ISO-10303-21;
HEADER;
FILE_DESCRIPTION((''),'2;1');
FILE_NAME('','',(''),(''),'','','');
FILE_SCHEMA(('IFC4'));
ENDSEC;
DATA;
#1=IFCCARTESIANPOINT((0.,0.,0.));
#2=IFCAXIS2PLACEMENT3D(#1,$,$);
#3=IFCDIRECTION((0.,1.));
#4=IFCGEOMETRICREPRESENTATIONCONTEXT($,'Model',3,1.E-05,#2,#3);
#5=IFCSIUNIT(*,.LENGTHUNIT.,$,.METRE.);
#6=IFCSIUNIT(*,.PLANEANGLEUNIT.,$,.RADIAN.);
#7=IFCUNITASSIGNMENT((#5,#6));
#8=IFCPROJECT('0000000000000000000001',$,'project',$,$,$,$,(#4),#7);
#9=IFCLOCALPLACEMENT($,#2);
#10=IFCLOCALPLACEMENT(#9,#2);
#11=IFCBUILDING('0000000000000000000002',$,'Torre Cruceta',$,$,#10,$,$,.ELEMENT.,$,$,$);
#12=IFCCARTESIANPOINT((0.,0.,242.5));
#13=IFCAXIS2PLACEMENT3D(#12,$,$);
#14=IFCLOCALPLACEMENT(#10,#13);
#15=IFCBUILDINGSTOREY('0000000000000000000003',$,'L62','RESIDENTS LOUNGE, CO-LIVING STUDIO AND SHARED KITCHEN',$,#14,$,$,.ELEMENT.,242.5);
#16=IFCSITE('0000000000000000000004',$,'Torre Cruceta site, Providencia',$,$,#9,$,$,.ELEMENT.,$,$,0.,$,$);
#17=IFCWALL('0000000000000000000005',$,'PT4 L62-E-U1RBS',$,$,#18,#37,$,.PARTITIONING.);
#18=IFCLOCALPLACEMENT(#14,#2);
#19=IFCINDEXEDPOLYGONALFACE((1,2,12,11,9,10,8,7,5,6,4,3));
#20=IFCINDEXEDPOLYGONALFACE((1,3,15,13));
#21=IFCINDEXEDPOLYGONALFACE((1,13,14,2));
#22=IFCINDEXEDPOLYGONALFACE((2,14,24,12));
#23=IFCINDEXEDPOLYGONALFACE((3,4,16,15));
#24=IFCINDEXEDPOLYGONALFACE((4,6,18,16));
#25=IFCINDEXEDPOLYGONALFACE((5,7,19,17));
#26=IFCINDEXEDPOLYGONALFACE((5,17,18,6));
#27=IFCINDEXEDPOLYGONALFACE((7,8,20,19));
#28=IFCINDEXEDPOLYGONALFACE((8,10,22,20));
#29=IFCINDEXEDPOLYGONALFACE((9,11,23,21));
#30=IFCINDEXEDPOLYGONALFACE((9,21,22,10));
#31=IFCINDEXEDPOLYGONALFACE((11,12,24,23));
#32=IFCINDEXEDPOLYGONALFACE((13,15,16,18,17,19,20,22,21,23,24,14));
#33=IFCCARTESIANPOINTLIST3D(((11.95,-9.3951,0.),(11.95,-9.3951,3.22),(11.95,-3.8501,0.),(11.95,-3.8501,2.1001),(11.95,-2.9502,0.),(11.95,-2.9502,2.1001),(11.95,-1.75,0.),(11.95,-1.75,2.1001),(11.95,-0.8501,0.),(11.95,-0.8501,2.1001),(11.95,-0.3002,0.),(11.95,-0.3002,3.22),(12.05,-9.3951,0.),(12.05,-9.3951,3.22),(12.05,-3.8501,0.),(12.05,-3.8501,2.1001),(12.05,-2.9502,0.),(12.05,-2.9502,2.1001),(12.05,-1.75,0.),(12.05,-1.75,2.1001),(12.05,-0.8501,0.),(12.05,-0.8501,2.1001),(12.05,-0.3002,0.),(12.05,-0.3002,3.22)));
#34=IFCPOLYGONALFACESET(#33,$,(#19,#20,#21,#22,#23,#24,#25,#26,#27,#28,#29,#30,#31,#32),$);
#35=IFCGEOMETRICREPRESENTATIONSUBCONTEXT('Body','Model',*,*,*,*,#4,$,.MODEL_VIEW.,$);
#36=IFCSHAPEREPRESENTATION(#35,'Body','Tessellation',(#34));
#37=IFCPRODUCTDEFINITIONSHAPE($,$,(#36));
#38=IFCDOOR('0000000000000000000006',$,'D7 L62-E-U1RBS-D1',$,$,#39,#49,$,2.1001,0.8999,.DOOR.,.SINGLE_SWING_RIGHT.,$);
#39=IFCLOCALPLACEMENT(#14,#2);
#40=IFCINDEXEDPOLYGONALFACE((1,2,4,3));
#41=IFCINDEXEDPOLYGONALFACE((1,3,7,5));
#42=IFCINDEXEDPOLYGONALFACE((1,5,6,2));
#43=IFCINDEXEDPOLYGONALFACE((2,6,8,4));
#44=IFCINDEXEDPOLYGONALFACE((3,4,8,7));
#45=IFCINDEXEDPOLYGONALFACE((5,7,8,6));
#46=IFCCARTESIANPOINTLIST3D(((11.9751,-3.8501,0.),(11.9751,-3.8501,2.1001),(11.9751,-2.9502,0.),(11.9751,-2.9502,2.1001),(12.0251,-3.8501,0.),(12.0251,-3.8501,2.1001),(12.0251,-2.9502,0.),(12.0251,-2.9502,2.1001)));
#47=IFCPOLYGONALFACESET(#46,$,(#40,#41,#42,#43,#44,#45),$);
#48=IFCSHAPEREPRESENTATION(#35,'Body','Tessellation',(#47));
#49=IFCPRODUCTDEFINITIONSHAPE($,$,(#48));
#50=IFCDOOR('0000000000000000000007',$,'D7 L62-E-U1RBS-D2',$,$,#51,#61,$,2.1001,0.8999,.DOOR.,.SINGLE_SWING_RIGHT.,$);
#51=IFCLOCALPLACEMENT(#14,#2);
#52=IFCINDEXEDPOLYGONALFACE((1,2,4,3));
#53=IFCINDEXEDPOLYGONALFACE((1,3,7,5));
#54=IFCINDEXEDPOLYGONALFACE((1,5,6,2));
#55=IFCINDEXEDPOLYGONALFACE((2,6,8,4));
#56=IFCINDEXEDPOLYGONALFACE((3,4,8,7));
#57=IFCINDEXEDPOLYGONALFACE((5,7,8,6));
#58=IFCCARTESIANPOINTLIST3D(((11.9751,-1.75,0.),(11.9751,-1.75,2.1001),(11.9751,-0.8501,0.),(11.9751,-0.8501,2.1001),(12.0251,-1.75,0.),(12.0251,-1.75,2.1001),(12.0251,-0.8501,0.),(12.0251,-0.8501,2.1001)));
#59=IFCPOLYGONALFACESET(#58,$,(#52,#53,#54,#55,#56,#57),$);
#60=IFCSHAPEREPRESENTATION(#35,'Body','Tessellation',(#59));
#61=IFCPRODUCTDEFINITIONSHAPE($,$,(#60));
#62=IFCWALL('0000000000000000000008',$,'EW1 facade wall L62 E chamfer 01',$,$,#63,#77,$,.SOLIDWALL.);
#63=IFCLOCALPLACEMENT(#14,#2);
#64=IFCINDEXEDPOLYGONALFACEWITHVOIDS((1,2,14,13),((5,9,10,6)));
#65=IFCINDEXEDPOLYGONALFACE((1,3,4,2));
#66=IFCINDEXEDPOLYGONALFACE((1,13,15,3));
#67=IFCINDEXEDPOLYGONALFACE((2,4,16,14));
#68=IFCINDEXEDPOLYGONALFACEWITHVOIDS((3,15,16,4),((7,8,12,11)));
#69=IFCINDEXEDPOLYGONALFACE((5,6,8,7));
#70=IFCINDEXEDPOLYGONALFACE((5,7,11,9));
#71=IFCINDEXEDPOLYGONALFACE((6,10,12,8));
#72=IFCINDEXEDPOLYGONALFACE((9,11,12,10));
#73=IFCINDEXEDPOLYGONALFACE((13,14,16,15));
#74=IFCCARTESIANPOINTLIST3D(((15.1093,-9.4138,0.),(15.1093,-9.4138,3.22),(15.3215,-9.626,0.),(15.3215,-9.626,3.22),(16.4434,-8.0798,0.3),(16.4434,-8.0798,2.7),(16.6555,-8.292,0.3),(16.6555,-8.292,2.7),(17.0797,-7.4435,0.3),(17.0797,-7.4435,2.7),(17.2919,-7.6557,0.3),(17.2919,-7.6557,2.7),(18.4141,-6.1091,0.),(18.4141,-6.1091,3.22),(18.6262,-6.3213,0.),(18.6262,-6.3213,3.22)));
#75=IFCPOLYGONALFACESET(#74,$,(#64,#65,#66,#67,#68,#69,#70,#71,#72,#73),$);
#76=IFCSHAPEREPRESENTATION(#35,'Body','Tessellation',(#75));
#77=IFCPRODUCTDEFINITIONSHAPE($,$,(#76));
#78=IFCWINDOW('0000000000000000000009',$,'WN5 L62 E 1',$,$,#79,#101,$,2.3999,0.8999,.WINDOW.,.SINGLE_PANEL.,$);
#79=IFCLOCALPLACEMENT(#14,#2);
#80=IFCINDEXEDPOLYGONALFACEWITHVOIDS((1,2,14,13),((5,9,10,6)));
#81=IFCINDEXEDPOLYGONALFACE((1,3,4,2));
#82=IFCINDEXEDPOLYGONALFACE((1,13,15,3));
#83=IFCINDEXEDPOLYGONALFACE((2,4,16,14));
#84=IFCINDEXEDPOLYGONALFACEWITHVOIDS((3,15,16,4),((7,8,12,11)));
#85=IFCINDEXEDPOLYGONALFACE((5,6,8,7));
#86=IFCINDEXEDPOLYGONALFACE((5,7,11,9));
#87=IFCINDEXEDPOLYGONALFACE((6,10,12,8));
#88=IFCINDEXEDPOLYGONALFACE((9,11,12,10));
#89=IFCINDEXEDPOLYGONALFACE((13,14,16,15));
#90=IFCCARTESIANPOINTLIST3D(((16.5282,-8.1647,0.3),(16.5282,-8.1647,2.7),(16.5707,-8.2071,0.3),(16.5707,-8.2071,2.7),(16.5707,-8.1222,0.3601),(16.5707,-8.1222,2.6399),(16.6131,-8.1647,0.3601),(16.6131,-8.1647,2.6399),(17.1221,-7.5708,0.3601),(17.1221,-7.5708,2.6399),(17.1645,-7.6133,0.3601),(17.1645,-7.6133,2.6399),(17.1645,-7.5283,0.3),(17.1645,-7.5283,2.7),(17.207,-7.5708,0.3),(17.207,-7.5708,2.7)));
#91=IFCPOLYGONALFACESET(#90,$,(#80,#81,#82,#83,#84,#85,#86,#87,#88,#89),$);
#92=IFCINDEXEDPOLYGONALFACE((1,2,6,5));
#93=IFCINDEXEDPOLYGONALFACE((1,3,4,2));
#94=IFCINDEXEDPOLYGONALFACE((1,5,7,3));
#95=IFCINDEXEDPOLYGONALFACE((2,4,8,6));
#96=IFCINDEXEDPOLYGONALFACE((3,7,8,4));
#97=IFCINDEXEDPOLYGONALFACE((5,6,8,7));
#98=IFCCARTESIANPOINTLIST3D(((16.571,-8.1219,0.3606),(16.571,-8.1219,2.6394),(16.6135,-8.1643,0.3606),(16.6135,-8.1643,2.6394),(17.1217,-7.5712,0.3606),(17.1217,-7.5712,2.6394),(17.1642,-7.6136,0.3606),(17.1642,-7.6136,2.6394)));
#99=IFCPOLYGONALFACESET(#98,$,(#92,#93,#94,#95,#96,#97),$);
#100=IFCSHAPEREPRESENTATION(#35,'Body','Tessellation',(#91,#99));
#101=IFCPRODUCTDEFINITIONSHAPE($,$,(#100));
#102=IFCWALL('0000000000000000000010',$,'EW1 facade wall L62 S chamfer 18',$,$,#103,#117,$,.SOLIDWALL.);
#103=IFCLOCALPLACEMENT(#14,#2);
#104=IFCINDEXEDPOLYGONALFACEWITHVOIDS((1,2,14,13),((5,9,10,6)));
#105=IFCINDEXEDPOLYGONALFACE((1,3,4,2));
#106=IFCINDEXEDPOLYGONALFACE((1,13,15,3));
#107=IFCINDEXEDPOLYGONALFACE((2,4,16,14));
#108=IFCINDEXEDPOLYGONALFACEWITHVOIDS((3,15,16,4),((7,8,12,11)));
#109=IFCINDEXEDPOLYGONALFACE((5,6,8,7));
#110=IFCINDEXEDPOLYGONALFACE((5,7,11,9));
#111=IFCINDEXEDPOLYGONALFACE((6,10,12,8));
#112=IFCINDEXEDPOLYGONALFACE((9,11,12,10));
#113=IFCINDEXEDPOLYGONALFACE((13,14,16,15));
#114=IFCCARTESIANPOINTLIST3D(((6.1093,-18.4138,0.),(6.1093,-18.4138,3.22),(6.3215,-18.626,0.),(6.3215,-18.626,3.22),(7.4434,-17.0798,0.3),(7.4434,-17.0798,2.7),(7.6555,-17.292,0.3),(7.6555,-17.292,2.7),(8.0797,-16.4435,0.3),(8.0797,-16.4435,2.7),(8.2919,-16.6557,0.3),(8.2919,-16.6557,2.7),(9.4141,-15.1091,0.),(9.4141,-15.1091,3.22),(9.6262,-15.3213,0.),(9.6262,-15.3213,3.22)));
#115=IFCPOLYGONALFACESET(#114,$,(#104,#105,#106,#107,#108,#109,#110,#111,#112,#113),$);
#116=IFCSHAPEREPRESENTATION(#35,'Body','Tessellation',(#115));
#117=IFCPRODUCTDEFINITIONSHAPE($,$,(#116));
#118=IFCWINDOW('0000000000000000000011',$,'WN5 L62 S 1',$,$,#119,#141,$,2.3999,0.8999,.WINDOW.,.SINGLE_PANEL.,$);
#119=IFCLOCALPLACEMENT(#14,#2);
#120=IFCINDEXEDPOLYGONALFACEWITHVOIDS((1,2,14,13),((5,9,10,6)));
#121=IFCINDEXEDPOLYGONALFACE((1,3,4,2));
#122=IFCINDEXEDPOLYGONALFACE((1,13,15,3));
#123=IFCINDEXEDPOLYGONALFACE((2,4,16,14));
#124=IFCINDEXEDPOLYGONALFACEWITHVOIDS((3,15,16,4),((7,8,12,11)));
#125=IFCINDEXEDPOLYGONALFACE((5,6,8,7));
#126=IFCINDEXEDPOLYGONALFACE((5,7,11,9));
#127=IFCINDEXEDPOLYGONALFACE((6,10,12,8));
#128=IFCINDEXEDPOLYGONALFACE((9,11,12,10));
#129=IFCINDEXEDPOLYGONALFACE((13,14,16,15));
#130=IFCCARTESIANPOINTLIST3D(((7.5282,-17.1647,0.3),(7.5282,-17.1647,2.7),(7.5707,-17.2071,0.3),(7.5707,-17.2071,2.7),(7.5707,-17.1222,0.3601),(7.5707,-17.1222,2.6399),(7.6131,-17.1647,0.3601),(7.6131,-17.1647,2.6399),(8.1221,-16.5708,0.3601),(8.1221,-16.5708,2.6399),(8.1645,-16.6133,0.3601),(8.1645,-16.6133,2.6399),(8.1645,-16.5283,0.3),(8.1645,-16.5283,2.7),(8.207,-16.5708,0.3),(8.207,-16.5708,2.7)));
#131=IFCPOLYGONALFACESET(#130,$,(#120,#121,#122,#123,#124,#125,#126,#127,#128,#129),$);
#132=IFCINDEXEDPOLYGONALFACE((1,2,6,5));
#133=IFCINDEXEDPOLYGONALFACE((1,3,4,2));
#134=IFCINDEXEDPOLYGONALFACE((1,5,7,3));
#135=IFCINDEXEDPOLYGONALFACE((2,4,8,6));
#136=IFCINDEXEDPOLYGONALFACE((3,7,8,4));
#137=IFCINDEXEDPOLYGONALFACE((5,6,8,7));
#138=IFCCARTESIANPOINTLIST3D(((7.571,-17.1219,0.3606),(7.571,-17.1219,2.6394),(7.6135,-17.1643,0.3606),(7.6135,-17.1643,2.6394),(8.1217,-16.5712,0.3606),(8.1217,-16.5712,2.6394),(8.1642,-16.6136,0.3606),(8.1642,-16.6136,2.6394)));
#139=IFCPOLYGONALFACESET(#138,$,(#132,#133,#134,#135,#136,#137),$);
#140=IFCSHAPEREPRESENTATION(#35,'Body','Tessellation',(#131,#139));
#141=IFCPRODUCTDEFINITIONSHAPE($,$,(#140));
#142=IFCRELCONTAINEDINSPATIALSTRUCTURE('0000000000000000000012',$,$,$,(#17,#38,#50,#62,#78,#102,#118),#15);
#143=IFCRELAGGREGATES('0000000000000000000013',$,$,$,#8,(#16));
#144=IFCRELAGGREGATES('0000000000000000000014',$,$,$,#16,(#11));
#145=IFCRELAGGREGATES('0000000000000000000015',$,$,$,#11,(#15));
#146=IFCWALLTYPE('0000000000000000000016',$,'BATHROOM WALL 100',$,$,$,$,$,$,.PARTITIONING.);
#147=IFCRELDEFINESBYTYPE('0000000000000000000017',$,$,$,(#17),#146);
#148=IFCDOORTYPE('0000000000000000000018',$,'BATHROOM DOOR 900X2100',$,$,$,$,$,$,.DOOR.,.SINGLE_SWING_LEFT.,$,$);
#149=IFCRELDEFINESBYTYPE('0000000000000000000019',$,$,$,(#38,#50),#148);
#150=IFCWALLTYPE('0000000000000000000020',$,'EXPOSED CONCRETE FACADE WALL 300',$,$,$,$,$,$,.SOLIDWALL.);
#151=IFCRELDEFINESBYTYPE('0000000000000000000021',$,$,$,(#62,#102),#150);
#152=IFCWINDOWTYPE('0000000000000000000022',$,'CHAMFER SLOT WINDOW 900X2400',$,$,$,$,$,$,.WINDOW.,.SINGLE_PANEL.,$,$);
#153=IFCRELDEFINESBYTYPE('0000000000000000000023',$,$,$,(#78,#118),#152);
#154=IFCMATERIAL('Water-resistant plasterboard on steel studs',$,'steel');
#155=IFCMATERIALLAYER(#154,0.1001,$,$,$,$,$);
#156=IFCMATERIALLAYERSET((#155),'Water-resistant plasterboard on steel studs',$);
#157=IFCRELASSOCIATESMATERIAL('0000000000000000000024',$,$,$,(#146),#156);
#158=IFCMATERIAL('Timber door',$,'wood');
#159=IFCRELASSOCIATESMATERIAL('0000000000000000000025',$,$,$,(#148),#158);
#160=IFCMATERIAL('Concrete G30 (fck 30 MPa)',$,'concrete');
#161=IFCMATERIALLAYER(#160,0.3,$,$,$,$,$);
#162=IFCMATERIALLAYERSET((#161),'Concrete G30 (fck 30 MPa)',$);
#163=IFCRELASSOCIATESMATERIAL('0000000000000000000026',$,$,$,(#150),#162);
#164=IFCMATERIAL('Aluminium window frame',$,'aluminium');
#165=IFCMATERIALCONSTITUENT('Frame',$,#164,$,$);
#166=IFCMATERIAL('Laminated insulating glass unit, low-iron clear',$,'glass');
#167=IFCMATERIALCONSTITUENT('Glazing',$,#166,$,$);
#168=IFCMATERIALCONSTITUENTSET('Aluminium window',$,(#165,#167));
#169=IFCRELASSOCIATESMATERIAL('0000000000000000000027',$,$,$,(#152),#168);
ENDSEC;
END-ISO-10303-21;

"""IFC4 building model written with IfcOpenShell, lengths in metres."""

from ifc_helpers import new_model, si_unit, direction, frame, frame_2d, origin, place, context, subcontext, project, spatial, rectangle, hollow_rectangle, extrude, material, layer, layer_set, constituent, constituent_set, type_object, element, fill, save


model = new_model("IFC4")

# Units and contexts
model_context = context("Model", 3, precision=1e-05, world=origin(), true_north=direction((0.0, 1.0)))
body_context = subcontext(model_context, "Body", "Model", "MODEL_VIEW")
ifc_project = project(units=[si_unit("LENGTHUNIT", "METRE"), si_unit("PLANEANGLEUNIT", "RADIAN")], contexts=[model_context])

# Site, building, storey
site_placement = place(None, origin())
site = spatial("IfcSite", under=ifc_project, at=site_placement, Name="Torre Cruceta site, Providencia", CompositionType="ELEMENT", RefElevation=0.0)
building_placement = place(site_placement, origin())
building = spatial("IfcBuilding", under=site, at=building_placement, Name="Torre Cruceta", CompositionType="ELEMENT")
storey_placement = place(building_placement, frame((0.0, 0.0, 242.5)))
storey = spatial("IfcBuildingStorey", under=building, at=storey_placement, Name="L62", Description="RESIDENTS LOUNGE, CO-LIVING STUDIO AND SHARED KITCHEN", CompositionType="ELEMENT", Elevation=242.5)

# Wall, openings, doors
ifc_material_1 = material(Name="Water-resistant plasterboard on steel studs", Category="steel")
ifc_layer_1 = layer(ifc_material_1, 0.1001)
ifc_layer_set_1 = layer_set([ifc_layer_1], Name="Water-resistant plasterboard on steel studs")
wall_type_1 = type_object("IfcWallType", Name="BATHROOM WALL 100", PredefinedType="PARTITIONING", material=ifc_layer_set_1)
wall_1_placement = place(storey_placement, frame((12.0, -9.395, 0.0), z_axis=(0.0, 0.0, 1.0), x_axis=(0.0, 1.0, 0.0)))
wall_1 = element("IfcWall", 1, at=wall_1_placement, inside=storey, type_object=wall_type_1, Name="PT4 L62-E-U1RBS", PredefinedType="PARTITIONING", context=body_context, shape_type="SweptSolid", body=[
    extrude(rectangle(XDim=9.095, YDim=0.1001, at=frame_2d((4.5474, 0.0))), origin(), (0.0, 0.0, 1.0), 3.22),
])
opening_1_placement = place(wall_1_placement, frame((5.5449, 0.0, 0.0)))
opening_1 = element("IfcOpeningElement", 2, at=opening_1_placement, cuts=wall_1, PredefinedType="OPENING", context=body_context, shape_type="SweptSolid", body=[
    extrude(rectangle(XDim=0.8999, YDim=2.1001, at=frame_2d((0.45, 1.05))), frame((0.0, 0.0601, 0.0), z_axis=(0.0, -1.0, 0.0), x_axis=(1.0, 0.0, 0.0)), (0.0, 0.0, 1.0), 0.1201),
])
opening_2_placement = place(wall_1_placement, frame((7.645, 0.0, 0.0)))
opening_2 = element("IfcOpeningElement", 3, at=opening_2_placement, cuts=wall_1, PredefinedType="OPENING", context=body_context, shape_type="SweptSolid", body=[
    extrude(rectangle(XDim=0.8999, YDim=2.1001, at=frame_2d((0.45, 1.05))), frame((0.0, 0.0601, 0.0), z_axis=(0.0, -1.0, 0.0), x_axis=(1.0, 0.0, 0.0)), (0.0, 0.0, 1.0), 0.1201),
])
ifc_material_2 = material(Name="Timber door", Category="wood")
door_type_1 = type_object("IfcDoorType", Name="BATHROOM DOOR 900X2100", OperationType="SINGLE_SWING_LEFT", PredefinedType="DOOR", material=ifc_material_2)
door_1_placement = place(opening_1_placement, origin())
door_1 = element("IfcDoor", 4, at=door_1_placement, inside=storey, type_object=door_type_1, Name="D7 L62-E-U1RBS-D1", OperationType="SINGLE_SWING_RIGHT", OverallHeight=2.1001, OverallWidth=0.8999, PredefinedType="DOOR", context=body_context, shape_type="SweptSolid", body=[
    extrude(rectangle(XDim=0.8999, YDim=2.1001, at=frame_2d((0.45, 1.05))), frame((0.0, 0.0249, 0.0), z_axis=(0.0, -1.0, 0.0), x_axis=(1.0, 0.0, 0.0)), (0.0, 0.0, 1.0), 0.05),
])
fill(opening_1, door_1)
door_2_placement = place(opening_2_placement, origin())
door_2 = element("IfcDoor", 5, at=door_2_placement, inside=storey, type_object=door_type_1, Name="D7 L62-E-U1RBS-D2", OperationType="SINGLE_SWING_RIGHT", OverallHeight=2.1001, OverallWidth=0.8999, PredefinedType="DOOR", context=body_context, shape_type="SweptSolid", body=[
    extrude(rectangle(XDim=0.8999, YDim=2.1001, at=frame_2d((0.45, 1.05))), frame((0.0, 0.0249, 0.0), z_axis=(0.0, -1.0, 0.0), x_axis=(1.0, 0.0, 0.0)), (0.0, 0.0, 1.0), 0.05),
])
fill(opening_2, door_2)

# Walls, openings, windows
ifc_material_3 = material(Name="Concrete G30 (fck 30 MPa)", Category="concrete")
ifc_layer_2 = layer(ifc_material_3, 0.3)
ifc_layer_set_2 = layer_set([ifc_layer_2], Name="Concrete G30 (fck 30 MPa)")
wall_type_2 = type_object("IfcWallType", Name="EXPOSED CONCRETE FACADE WALL 300", PredefinedType="SOLIDWALL", material=ifc_layer_set_2)
wall_2_placement = place(storey_placement, frame((15.2153, -9.52, 0.0), z_axis=(0.0, 0.0, 1.0), x_axis=(0.707107, 0.707107, 0.0)))
wall_2 = element("IfcWall", 6, at=wall_2_placement, inside=storey, type_object=wall_type_2, Name="EW1 facade wall L62 E chamfer 01", PredefinedType="SOLIDWALL", context=body_context, shape_type="SweptSolid", body=[
    extrude(rectangle(XDim=4.6736, YDim=0.3, at=frame_2d((2.3369, 0.0))), origin(), (0.0, 0.0, 1.0), 3.22),
])
opening_3_placement = place(wall_2_placement, frame((1.8867, 0.0, 0.3)))
opening_3 = element("IfcOpeningElement", 7, at=opening_3_placement, cuts=wall_2, PredefinedType="OPENING", context=body_context, shape_type="SweptSolid", body=[
    extrude(rectangle(XDim=0.8999, YDim=2.3999, at=frame_2d((0.45, 1.2))), frame((0.0, 0.1599, 0.0), z_axis=(0.0, -1.0, 0.0), x_axis=(1.0, 0.0, 0.0)), (0.0, 0.0, 1.0), 0.3201),
])
ifc_material_4 = material(Name="Aluminium window frame", Category="aluminium")
ifc_constituent_1 = constituent(ifc_material_4, Name="Frame")
ifc_material_5 = material(Name="Laminated insulating glass unit, low-iron clear", Category="glass")
ifc_constituent_2 = constituent(ifc_material_5, Name="Glazing")
ifc_constituent_set_1 = constituent_set(constituents=[ifc_constituent_1, ifc_constituent_2], Name="Aluminium window")
window_type = type_object("IfcWindowType", Name="CHAMFER SLOT WINDOW 900X2400", PartitioningType="SINGLE_PANEL", PredefinedType="WINDOW", material=ifc_constituent_set_1)
window_1_placement = place(opening_3_placement, origin())
window_1 = element("IfcWindow", 8, at=window_1_placement, inside=storey, type_object=window_type, Name="WN5 L62 E 1", OverallHeight=2.3999, OverallWidth=0.8999, PartitioningType="SINGLE_PANEL", PredefinedType="WINDOW", context=body_context, shape_type="SweptSolid", body=[
    extrude(hollow_rectangle(XDim=0.8999, YDim=2.3999, WallThickness=0.0601, at=frame_2d((0.45, 1.2))), frame((0.0, 0.03, 0.0), z_axis=(0.0, -1.0, 0.0), x_axis=(1.0, 0.0, 0.0)), (0.0, 0.0, 1.0), 0.0601),
    extrude(rectangle(XDim=0.7788, YDim=2.2788, at=frame_2d((0.45, 1.2))), frame((0.0, 0.03, 0.0), z_axis=(0.0, -1.0, 0.0), x_axis=(1.0, 0.0, 0.0)), (0.0, 0.0, 1.0), 0.0601),
])
fill(opening_3, window_1)
wall_3_placement = place(storey_placement, frame((6.2153, -18.52, 0.0), z_axis=(0.0, 0.0, 1.0), x_axis=(0.707107, 0.707107, 0.0)))
wall_3 = element("IfcWall", 9, at=wall_3_placement, inside=storey, type_object=wall_type_2, Name="EW1 facade wall L62 S chamfer 18", PredefinedType="SOLIDWALL", context=body_context, shape_type="SweptSolid", body=[
    extrude(rectangle(XDim=4.6736, YDim=0.3, at=frame_2d((2.3369, 0.0))), origin(), (0.0, 0.0, 1.0), 3.22),
])
opening_4_placement = place(wall_3_placement, frame((1.8867, 0.0, 0.3)))
opening_4 = element("IfcOpeningElement", 10, at=opening_4_placement, cuts=wall_3, PredefinedType="OPENING", context=body_context, shape_type="SweptSolid", body=[
    extrude(rectangle(XDim=0.8999, YDim=2.3999, at=frame_2d((0.45, 1.2))), frame((0.0, 0.1599, 0.0), z_axis=(0.0, -1.0, 0.0), x_axis=(1.0, 0.0, 0.0)), (0.0, 0.0, 1.0), 0.3201),
])
window_2_placement = place(opening_4_placement, origin())
window_2 = element("IfcWindow", 11, at=window_2_placement, inside=storey, type_object=window_type, Name="WN5 L62 S 1", OverallHeight=2.3999, OverallWidth=0.8999, PartitioningType="SINGLE_PANEL", PredefinedType="WINDOW", context=body_context, shape_type="SweptSolid", body=[
    extrude(hollow_rectangle(XDim=0.8999, YDim=2.3999, WallThickness=0.0601, at=frame_2d((0.45, 1.2))), frame((0.0, 0.03, 0.0), z_axis=(0.0, -1.0, 0.0), x_axis=(1.0, 0.0, 0.0)), (0.0, 0.0, 1.0), 0.0601),
    extrude(rectangle(XDim=0.7788, YDim=2.2788, at=frame_2d((0.45, 1.2))), frame((0.0, 0.03, 0.0), z_axis=(0.0, -1.0, 0.0), x_axis=(1.0, 0.0, 0.0)), (0.0, 0.0, 1.0), 0.0601),
])
fill(opening_4, window_2)

save(model, "model.ifc")
